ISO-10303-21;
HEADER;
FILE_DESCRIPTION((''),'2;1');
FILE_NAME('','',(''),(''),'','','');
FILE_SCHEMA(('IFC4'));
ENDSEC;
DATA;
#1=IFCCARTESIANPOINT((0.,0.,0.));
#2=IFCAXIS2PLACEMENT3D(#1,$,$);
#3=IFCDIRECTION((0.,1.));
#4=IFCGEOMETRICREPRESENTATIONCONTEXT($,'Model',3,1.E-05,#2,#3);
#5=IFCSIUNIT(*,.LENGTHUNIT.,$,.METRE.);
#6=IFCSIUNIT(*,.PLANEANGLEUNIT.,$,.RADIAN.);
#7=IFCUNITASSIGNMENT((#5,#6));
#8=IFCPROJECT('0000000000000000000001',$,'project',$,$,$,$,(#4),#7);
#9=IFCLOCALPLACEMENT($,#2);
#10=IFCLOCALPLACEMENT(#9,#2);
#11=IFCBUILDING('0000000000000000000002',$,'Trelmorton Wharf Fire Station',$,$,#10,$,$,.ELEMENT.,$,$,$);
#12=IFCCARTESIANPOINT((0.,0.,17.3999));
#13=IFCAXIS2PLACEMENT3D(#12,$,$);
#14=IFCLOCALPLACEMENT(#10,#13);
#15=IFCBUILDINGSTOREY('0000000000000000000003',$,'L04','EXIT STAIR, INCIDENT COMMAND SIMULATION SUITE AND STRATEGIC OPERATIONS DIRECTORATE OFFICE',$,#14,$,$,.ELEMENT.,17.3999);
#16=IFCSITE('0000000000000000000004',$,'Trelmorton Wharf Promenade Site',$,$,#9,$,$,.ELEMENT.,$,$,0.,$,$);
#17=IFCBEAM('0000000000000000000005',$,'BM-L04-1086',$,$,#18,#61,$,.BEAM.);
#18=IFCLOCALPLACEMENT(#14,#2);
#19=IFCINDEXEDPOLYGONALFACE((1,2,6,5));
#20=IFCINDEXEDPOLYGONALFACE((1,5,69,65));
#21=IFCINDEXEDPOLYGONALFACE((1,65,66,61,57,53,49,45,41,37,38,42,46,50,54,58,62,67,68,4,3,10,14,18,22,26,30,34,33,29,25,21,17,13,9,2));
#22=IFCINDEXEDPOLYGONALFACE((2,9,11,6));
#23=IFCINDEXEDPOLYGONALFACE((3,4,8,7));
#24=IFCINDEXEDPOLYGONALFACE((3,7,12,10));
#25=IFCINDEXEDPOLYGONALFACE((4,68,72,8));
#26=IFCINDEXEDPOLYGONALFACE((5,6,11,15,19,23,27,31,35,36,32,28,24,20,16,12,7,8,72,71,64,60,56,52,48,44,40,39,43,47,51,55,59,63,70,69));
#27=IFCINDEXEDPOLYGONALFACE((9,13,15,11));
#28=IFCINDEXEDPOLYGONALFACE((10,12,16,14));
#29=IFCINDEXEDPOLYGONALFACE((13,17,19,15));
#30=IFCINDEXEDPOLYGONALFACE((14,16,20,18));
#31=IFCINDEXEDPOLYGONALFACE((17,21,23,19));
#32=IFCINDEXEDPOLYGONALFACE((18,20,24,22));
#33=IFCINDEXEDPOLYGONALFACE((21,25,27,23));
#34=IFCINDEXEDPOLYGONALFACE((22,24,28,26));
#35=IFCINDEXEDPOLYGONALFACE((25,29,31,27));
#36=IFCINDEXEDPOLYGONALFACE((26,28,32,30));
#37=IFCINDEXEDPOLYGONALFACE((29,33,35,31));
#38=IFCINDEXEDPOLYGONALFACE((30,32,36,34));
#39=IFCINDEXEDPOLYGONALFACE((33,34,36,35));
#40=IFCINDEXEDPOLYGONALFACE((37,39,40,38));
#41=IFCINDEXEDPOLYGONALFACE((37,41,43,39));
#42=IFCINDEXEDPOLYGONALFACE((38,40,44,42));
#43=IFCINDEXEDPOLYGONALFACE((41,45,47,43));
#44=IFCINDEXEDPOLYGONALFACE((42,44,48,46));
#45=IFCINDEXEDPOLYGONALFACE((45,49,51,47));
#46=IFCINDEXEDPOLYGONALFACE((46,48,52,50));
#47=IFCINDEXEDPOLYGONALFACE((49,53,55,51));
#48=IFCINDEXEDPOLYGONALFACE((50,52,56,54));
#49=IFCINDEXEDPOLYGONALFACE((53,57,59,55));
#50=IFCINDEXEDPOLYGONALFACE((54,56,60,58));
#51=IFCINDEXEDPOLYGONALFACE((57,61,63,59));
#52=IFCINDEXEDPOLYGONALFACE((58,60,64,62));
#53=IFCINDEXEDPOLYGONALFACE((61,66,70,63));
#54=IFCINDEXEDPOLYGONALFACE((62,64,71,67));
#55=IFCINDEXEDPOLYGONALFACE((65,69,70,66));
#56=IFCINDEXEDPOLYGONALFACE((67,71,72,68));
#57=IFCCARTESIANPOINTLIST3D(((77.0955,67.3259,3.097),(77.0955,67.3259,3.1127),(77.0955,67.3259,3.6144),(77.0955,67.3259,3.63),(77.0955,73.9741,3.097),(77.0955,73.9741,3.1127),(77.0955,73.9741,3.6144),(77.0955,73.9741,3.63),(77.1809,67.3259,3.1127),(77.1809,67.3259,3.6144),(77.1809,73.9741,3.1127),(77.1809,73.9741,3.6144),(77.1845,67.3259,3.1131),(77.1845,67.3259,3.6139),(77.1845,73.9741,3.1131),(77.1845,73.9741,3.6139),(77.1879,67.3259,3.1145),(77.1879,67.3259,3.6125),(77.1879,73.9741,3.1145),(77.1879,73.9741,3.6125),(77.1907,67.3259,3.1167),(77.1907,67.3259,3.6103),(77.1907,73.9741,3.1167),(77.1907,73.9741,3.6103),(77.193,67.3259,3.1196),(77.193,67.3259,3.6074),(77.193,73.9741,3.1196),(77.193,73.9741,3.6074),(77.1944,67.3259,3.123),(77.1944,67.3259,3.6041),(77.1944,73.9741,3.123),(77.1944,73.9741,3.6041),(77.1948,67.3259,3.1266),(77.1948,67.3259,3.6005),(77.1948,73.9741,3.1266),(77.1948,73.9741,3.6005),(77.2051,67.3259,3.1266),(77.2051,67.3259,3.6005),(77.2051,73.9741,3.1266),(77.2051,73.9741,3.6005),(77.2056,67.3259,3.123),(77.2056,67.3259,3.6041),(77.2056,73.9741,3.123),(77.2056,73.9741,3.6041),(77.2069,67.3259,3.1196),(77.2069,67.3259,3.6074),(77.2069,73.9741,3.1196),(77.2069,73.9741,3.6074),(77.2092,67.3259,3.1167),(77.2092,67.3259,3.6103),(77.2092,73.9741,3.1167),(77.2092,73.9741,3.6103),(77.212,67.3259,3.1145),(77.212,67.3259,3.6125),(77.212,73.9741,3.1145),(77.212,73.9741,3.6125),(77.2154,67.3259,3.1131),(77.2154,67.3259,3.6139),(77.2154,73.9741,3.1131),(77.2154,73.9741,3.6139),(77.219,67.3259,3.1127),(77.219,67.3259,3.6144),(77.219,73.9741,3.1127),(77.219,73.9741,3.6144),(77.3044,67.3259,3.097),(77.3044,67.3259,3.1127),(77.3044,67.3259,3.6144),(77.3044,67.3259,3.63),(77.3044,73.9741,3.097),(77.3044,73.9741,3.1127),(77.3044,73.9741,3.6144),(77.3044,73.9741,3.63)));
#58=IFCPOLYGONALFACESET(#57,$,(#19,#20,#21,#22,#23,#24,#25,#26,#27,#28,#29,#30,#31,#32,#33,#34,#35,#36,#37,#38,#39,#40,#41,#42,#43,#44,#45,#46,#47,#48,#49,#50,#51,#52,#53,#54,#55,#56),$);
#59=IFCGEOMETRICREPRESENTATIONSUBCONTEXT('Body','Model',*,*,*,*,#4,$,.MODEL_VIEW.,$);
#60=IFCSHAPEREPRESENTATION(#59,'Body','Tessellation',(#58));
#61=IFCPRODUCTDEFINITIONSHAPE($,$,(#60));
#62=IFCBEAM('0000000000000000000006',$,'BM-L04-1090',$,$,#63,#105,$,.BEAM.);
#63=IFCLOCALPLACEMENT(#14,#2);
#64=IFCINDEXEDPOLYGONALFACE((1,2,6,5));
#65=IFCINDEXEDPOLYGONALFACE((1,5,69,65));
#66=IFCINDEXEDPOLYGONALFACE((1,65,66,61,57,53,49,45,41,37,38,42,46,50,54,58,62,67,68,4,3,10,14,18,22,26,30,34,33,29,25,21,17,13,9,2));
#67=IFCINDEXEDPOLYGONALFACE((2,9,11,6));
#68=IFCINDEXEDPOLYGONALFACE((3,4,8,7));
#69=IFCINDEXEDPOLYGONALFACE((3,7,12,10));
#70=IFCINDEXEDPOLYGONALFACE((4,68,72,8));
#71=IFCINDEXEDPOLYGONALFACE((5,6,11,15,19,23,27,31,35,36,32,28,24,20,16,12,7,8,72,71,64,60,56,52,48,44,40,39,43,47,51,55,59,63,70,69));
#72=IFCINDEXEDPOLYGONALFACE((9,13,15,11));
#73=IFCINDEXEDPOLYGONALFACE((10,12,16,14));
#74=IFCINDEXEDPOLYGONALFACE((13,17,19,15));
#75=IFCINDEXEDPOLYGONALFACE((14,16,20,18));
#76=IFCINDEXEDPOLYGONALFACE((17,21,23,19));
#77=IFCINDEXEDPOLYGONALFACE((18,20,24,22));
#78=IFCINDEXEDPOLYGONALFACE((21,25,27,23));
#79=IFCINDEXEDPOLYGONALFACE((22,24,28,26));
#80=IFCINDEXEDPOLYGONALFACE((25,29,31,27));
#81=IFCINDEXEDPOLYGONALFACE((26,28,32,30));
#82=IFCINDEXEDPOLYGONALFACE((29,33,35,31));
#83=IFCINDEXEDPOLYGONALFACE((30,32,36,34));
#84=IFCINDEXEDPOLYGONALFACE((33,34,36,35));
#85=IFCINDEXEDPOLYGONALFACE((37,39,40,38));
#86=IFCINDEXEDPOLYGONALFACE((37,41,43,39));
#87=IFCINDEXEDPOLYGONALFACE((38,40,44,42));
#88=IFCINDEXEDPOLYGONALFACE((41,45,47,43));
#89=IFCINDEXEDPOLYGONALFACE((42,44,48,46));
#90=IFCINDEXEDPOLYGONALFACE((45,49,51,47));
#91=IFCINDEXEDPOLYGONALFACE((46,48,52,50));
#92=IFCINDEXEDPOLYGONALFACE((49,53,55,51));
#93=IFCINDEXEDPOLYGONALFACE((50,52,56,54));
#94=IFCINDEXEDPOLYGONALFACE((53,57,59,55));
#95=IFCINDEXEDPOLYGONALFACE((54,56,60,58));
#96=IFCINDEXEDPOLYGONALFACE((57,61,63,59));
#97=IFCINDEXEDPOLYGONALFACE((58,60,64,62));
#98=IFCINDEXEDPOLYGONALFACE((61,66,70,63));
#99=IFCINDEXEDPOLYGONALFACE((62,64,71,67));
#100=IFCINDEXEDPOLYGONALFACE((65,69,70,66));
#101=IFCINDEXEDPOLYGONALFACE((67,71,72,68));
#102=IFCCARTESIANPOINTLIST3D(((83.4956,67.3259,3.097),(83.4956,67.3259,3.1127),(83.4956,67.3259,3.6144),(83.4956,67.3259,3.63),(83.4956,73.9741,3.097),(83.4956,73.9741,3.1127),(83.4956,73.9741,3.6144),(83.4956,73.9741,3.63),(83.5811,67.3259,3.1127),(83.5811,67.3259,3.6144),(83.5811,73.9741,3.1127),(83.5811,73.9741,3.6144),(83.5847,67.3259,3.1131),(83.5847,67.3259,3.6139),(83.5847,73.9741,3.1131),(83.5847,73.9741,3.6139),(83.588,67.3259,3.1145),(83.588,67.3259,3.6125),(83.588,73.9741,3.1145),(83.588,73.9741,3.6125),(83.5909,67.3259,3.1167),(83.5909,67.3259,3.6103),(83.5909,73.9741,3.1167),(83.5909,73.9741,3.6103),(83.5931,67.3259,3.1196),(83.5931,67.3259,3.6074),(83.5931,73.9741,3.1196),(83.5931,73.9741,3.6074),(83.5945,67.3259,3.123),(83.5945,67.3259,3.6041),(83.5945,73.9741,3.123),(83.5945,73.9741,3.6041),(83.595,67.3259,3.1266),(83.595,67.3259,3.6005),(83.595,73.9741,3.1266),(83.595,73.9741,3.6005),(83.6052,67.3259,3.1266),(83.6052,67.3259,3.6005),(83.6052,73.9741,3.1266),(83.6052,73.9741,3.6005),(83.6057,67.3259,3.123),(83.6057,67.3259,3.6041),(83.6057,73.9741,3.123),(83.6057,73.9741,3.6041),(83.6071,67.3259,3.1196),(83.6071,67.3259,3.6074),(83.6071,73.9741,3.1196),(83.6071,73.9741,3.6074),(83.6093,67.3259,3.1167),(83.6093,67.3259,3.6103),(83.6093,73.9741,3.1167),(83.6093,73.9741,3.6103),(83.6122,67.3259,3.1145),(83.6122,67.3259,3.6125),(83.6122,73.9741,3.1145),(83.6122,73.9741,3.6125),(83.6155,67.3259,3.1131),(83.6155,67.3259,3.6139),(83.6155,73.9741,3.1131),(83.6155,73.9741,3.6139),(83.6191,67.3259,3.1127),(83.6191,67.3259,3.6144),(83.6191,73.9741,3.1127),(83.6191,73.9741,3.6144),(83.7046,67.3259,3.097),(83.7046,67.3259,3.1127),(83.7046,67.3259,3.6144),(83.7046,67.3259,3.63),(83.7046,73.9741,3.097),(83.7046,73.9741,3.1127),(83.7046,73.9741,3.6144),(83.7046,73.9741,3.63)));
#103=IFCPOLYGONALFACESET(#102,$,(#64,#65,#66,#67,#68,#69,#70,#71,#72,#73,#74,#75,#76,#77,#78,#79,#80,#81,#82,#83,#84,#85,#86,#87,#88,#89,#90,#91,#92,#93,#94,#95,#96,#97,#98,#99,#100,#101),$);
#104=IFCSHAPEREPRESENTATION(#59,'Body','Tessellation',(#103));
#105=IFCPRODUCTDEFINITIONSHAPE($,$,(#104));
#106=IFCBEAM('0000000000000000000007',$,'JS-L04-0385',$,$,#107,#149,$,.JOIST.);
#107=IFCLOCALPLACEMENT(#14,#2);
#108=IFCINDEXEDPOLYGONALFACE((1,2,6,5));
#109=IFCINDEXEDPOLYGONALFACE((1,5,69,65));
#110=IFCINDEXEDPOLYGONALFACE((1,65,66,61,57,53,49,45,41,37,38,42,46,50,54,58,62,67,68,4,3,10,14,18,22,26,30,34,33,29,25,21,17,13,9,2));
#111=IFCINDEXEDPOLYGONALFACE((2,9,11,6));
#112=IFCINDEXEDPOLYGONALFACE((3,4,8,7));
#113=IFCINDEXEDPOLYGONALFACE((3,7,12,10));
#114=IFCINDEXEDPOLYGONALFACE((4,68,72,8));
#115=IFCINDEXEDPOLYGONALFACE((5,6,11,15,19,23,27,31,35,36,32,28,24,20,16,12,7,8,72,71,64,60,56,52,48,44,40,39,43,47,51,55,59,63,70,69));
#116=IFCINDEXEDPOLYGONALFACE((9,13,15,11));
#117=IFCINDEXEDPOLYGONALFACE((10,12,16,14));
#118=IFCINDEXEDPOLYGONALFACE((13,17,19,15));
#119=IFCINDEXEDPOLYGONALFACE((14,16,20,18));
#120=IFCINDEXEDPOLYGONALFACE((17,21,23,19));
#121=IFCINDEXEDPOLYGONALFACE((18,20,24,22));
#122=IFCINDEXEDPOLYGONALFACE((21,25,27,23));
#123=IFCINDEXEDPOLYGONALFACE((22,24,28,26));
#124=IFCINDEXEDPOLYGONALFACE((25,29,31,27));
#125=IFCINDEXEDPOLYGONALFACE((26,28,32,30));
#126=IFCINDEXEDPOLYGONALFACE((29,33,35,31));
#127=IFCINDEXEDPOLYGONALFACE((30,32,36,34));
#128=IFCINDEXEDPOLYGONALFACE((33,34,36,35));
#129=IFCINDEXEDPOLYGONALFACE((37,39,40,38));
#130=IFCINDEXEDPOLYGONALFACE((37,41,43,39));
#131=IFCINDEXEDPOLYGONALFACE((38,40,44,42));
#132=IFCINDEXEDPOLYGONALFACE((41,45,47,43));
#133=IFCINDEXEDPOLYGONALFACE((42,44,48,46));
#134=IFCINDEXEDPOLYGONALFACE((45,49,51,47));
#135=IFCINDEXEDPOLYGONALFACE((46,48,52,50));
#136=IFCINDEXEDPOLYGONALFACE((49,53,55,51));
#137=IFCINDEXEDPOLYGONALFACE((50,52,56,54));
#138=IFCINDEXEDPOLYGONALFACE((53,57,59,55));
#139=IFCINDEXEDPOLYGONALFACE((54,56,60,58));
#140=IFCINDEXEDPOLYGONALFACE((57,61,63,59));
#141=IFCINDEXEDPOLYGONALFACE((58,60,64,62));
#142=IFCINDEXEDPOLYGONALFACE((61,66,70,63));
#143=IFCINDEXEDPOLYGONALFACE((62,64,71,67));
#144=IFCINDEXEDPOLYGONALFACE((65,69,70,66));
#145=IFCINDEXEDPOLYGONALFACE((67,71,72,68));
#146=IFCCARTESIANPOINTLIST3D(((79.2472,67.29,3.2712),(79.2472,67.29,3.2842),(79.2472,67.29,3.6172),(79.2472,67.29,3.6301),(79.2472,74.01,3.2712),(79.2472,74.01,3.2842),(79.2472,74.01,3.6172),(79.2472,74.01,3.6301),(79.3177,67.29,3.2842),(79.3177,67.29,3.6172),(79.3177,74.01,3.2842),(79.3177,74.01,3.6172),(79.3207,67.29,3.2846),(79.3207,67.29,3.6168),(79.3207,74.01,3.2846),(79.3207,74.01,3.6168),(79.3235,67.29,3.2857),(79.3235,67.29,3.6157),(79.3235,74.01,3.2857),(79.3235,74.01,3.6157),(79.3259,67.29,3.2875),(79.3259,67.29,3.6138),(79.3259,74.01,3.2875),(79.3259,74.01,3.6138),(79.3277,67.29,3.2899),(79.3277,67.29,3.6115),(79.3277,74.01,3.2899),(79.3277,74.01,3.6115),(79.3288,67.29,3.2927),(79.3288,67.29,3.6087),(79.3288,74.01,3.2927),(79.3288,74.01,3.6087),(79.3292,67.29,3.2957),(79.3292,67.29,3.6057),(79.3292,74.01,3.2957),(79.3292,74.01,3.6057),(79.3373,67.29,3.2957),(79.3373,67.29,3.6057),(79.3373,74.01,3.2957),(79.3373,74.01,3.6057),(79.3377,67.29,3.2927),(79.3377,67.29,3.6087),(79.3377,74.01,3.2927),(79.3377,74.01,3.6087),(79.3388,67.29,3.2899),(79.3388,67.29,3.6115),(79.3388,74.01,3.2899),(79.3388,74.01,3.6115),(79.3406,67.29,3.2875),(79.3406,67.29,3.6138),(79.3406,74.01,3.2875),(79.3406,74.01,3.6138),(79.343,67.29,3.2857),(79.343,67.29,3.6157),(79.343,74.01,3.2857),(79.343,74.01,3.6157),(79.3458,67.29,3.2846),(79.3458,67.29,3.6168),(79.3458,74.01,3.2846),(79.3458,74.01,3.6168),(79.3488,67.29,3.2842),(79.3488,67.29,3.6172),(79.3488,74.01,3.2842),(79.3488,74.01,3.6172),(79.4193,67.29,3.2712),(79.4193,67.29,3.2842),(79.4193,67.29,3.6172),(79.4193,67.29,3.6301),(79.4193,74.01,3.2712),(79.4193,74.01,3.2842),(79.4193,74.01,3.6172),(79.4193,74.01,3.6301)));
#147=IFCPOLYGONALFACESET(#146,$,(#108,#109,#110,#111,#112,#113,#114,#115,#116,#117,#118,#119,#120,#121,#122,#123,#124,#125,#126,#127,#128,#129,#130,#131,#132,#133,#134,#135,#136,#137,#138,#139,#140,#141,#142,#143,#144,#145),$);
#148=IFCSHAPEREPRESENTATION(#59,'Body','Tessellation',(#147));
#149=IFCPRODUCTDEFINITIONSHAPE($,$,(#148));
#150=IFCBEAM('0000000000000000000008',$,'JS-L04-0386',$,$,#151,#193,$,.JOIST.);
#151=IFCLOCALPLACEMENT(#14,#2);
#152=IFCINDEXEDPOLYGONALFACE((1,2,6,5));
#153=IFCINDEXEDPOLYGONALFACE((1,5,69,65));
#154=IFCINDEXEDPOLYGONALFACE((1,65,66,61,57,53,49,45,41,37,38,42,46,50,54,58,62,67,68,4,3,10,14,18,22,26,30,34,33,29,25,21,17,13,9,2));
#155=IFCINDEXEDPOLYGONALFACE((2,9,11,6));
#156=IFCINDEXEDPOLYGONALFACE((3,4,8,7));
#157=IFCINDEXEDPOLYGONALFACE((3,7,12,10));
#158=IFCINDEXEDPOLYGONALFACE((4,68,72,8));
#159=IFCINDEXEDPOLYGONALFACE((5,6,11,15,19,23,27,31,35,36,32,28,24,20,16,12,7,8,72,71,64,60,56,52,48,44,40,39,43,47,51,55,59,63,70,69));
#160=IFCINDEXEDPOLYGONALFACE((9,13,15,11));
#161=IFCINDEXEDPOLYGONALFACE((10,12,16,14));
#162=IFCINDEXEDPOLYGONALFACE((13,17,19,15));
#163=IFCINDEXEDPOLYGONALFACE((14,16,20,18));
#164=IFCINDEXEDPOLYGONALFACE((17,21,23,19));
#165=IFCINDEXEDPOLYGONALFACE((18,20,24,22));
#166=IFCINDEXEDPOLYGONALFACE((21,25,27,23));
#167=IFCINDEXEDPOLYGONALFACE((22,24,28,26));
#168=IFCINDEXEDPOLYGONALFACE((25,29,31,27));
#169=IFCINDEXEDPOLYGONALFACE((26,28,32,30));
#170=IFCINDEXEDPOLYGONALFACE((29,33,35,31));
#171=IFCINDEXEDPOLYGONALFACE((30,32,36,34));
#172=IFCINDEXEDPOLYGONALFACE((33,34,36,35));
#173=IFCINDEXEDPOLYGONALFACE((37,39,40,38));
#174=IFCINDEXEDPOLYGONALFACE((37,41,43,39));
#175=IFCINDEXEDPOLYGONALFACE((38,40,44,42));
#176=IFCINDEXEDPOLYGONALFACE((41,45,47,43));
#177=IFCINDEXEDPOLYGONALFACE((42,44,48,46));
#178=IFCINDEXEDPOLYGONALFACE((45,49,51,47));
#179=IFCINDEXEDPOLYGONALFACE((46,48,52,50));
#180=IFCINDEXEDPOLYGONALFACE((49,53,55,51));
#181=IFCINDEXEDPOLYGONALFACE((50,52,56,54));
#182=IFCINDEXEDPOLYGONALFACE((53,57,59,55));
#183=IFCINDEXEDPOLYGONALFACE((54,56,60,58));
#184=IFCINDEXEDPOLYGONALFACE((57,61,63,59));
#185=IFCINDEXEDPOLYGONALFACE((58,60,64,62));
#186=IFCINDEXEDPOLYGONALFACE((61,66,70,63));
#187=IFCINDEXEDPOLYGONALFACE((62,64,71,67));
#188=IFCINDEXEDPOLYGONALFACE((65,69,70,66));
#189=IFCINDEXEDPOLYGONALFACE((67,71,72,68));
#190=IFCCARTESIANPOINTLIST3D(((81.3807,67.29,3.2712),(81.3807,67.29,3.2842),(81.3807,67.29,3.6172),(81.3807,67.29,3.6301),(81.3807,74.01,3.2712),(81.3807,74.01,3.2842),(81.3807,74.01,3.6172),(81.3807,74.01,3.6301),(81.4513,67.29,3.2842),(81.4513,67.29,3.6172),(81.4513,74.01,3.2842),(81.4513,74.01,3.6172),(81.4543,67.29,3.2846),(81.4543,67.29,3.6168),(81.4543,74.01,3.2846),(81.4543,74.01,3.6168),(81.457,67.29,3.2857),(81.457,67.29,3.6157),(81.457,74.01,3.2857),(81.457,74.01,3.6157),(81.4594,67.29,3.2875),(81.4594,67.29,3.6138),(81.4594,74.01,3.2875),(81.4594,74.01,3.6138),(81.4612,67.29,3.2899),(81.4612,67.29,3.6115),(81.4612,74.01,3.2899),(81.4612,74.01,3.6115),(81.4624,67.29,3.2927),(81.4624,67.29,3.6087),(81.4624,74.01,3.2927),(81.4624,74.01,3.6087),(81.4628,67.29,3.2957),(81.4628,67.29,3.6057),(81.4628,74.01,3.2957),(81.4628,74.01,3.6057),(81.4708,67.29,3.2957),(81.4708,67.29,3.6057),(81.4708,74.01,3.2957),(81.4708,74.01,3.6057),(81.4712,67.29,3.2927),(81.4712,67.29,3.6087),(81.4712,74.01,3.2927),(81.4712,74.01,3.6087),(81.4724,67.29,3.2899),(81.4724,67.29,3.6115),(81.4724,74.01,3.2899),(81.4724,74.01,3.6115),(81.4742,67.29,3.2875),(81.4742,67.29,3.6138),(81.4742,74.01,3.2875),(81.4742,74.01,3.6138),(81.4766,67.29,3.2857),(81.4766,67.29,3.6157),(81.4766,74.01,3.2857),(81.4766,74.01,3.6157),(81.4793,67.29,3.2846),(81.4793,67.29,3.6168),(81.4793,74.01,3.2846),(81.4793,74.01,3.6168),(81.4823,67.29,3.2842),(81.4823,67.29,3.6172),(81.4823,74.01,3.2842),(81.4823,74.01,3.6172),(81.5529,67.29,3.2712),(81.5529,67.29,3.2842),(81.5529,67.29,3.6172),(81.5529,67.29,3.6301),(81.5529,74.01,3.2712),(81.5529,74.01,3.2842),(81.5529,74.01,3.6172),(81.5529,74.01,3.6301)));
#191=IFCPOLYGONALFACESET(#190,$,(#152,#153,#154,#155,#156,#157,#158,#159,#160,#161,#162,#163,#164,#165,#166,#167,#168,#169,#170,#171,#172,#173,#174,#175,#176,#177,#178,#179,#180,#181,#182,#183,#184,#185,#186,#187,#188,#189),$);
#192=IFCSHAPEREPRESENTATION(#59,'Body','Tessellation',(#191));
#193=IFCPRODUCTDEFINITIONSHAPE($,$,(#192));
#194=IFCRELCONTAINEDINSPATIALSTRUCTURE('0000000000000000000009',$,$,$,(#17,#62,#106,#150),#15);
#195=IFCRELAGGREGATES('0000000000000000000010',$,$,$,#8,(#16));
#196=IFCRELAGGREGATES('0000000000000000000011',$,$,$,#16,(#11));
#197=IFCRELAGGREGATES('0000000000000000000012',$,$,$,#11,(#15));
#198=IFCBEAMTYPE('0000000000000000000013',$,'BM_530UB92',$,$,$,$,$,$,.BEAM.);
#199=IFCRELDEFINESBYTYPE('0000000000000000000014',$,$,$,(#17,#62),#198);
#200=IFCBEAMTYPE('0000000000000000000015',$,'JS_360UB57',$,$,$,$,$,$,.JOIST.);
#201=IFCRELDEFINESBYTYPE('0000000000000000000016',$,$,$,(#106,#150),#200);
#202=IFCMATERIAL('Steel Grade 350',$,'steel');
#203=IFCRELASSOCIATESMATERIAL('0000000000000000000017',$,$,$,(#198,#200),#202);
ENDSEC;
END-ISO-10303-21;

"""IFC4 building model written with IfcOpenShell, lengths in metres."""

from ifc_helpers import new_model, si_unit, direction, frame, origin, origin_2d, place, context, subcontext, project, spatial, i_section, extrude, material, material_profile, profile_set, type_object, element, save


model = new_model("IFC4")

# Units and contexts
model_context = context("Model", 3, precision=1e-05, world=origin(), true_north=direction((0.0, 1.0)))
body_context = subcontext(model_context, "Body", "Model", "MODEL_VIEW")
ifc_project = project(units=[si_unit("LENGTHUNIT", "METRE"), si_unit("PLANEANGLEUNIT", "RADIAN")], contexts=[model_context])

# Site, building, storey
site_placement = place(None, origin())
site = spatial("IfcSite", under=ifc_project, at=site_placement, Name="Trelmorton Wharf Promenade Site", CompositionType="ELEMENT", RefElevation=0.0)
building_placement = place(site_placement, origin())
building = spatial("IfcBuilding", under=site, at=building_placement, Name="Trelmorton Wharf Fire Station", CompositionType="ELEMENT")
storey_placement = place(building_placement, frame((0.0, 0.0, 17.3999)))
storey = spatial("IfcBuildingStorey", under=building, at=storey_placement, Name="L04", Description="EXIT STAIR, INCIDENT COMMAND SIMULATION SUITE AND STRATEGIC OPERATIONS DIRECTORATE OFFICE", CompositionType="ELEMENT", Elevation=17.3999)

# Shared definitions
ifc_material_1 = material(Name="Steel Grade 350", Category="steel")

# Beams
ifc_material_profile_1 = material_profile(ifc_material_1, i_section(OverallWidth=0.209, OverallDepth=0.533, WebThickness=0.0103, FlangeThickness=0.0156, FilletRadius=0.0139, at=origin_2d()), Name="530UB92.4")
ifc_profile_set_1 = profile_set([ifc_material_profile_1], Name="Steel Grade 350")
beam_type_1 = type_object("IfcBeamType", Name="BM_530UB92", PredefinedType="BEAM", material=ifc_profile_set_1)
for number, where, z_axis, x_axis, name in (
    (1, (77.2, 67.3259, 3.3635), (0.0, 1.0, 0.0), (-1.0, 0.0, 0.0), "BM-L04-1086"),
    (2, (83.6001, 67.3259, 3.3635), (0.0, 1.0, 0.0), (-1.0, 0.0, 0.0), "BM-L04-1090"),
):
    element("IfcBeam", number, at=place(storey_placement, frame(where, z_axis=z_axis, x_axis=x_axis)), inside=storey, type_object=beam_type_1, Name=name, PredefinedType="BEAM", context=body_context, shape_type="SweptSolid", body=[
        extrude(i_section(OverallWidth=0.209, OverallDepth=0.533, WebThickness=0.0103, FlangeThickness=0.0156, FilletRadius=0.0139, at=origin_2d()), origin(), (0.0, 0.0, 1.0), 6.6482),
    ])
ifc_material_profile_2 = material_profile(ifc_material_1, i_section(OverallWidth=0.1721, OverallDepth=0.3589, WebThickness=0.0081, FlangeThickness=0.0129, FilletRadius=0.0115, at=origin_2d()), Name="360UB56.7")
ifc_profile_set_2 = profile_set([ifc_material_profile_2], Name="Steel Grade 350")
beam_type_2 = type_object("IfcBeamType", Name="JS_360UB57", PredefinedType="JOIST", material=ifc_profile_set_2)
for number, where, z_axis, x_axis, name in (
    (3, (79.3333, 67.29, 3.4507), (0.0, 1.0, 0.0), (-1.0, 0.0, 0.0), "JS-L04-0385"),
    (4, (81.4668, 67.29, 3.4507), (0.0, 1.0, 0.0), (-1.0, 0.0, 0.0), "JS-L04-0386"),
):
    element("IfcBeam", number, at=place(storey_placement, frame(where, z_axis=z_axis, x_axis=x_axis)), inside=storey, type_object=beam_type_2, Name=name, PredefinedType="JOIST", context=body_context, shape_type="SweptSolid", body=[
        extrude(i_section(OverallWidth=0.1721, OverallDepth=0.3589, WebThickness=0.0081, FlangeThickness=0.0129, FilletRadius=0.0115, at=origin_2d()), origin(), (0.0, 0.0, 1.0), 6.72),
    ])

save(model, "model.ifc")
